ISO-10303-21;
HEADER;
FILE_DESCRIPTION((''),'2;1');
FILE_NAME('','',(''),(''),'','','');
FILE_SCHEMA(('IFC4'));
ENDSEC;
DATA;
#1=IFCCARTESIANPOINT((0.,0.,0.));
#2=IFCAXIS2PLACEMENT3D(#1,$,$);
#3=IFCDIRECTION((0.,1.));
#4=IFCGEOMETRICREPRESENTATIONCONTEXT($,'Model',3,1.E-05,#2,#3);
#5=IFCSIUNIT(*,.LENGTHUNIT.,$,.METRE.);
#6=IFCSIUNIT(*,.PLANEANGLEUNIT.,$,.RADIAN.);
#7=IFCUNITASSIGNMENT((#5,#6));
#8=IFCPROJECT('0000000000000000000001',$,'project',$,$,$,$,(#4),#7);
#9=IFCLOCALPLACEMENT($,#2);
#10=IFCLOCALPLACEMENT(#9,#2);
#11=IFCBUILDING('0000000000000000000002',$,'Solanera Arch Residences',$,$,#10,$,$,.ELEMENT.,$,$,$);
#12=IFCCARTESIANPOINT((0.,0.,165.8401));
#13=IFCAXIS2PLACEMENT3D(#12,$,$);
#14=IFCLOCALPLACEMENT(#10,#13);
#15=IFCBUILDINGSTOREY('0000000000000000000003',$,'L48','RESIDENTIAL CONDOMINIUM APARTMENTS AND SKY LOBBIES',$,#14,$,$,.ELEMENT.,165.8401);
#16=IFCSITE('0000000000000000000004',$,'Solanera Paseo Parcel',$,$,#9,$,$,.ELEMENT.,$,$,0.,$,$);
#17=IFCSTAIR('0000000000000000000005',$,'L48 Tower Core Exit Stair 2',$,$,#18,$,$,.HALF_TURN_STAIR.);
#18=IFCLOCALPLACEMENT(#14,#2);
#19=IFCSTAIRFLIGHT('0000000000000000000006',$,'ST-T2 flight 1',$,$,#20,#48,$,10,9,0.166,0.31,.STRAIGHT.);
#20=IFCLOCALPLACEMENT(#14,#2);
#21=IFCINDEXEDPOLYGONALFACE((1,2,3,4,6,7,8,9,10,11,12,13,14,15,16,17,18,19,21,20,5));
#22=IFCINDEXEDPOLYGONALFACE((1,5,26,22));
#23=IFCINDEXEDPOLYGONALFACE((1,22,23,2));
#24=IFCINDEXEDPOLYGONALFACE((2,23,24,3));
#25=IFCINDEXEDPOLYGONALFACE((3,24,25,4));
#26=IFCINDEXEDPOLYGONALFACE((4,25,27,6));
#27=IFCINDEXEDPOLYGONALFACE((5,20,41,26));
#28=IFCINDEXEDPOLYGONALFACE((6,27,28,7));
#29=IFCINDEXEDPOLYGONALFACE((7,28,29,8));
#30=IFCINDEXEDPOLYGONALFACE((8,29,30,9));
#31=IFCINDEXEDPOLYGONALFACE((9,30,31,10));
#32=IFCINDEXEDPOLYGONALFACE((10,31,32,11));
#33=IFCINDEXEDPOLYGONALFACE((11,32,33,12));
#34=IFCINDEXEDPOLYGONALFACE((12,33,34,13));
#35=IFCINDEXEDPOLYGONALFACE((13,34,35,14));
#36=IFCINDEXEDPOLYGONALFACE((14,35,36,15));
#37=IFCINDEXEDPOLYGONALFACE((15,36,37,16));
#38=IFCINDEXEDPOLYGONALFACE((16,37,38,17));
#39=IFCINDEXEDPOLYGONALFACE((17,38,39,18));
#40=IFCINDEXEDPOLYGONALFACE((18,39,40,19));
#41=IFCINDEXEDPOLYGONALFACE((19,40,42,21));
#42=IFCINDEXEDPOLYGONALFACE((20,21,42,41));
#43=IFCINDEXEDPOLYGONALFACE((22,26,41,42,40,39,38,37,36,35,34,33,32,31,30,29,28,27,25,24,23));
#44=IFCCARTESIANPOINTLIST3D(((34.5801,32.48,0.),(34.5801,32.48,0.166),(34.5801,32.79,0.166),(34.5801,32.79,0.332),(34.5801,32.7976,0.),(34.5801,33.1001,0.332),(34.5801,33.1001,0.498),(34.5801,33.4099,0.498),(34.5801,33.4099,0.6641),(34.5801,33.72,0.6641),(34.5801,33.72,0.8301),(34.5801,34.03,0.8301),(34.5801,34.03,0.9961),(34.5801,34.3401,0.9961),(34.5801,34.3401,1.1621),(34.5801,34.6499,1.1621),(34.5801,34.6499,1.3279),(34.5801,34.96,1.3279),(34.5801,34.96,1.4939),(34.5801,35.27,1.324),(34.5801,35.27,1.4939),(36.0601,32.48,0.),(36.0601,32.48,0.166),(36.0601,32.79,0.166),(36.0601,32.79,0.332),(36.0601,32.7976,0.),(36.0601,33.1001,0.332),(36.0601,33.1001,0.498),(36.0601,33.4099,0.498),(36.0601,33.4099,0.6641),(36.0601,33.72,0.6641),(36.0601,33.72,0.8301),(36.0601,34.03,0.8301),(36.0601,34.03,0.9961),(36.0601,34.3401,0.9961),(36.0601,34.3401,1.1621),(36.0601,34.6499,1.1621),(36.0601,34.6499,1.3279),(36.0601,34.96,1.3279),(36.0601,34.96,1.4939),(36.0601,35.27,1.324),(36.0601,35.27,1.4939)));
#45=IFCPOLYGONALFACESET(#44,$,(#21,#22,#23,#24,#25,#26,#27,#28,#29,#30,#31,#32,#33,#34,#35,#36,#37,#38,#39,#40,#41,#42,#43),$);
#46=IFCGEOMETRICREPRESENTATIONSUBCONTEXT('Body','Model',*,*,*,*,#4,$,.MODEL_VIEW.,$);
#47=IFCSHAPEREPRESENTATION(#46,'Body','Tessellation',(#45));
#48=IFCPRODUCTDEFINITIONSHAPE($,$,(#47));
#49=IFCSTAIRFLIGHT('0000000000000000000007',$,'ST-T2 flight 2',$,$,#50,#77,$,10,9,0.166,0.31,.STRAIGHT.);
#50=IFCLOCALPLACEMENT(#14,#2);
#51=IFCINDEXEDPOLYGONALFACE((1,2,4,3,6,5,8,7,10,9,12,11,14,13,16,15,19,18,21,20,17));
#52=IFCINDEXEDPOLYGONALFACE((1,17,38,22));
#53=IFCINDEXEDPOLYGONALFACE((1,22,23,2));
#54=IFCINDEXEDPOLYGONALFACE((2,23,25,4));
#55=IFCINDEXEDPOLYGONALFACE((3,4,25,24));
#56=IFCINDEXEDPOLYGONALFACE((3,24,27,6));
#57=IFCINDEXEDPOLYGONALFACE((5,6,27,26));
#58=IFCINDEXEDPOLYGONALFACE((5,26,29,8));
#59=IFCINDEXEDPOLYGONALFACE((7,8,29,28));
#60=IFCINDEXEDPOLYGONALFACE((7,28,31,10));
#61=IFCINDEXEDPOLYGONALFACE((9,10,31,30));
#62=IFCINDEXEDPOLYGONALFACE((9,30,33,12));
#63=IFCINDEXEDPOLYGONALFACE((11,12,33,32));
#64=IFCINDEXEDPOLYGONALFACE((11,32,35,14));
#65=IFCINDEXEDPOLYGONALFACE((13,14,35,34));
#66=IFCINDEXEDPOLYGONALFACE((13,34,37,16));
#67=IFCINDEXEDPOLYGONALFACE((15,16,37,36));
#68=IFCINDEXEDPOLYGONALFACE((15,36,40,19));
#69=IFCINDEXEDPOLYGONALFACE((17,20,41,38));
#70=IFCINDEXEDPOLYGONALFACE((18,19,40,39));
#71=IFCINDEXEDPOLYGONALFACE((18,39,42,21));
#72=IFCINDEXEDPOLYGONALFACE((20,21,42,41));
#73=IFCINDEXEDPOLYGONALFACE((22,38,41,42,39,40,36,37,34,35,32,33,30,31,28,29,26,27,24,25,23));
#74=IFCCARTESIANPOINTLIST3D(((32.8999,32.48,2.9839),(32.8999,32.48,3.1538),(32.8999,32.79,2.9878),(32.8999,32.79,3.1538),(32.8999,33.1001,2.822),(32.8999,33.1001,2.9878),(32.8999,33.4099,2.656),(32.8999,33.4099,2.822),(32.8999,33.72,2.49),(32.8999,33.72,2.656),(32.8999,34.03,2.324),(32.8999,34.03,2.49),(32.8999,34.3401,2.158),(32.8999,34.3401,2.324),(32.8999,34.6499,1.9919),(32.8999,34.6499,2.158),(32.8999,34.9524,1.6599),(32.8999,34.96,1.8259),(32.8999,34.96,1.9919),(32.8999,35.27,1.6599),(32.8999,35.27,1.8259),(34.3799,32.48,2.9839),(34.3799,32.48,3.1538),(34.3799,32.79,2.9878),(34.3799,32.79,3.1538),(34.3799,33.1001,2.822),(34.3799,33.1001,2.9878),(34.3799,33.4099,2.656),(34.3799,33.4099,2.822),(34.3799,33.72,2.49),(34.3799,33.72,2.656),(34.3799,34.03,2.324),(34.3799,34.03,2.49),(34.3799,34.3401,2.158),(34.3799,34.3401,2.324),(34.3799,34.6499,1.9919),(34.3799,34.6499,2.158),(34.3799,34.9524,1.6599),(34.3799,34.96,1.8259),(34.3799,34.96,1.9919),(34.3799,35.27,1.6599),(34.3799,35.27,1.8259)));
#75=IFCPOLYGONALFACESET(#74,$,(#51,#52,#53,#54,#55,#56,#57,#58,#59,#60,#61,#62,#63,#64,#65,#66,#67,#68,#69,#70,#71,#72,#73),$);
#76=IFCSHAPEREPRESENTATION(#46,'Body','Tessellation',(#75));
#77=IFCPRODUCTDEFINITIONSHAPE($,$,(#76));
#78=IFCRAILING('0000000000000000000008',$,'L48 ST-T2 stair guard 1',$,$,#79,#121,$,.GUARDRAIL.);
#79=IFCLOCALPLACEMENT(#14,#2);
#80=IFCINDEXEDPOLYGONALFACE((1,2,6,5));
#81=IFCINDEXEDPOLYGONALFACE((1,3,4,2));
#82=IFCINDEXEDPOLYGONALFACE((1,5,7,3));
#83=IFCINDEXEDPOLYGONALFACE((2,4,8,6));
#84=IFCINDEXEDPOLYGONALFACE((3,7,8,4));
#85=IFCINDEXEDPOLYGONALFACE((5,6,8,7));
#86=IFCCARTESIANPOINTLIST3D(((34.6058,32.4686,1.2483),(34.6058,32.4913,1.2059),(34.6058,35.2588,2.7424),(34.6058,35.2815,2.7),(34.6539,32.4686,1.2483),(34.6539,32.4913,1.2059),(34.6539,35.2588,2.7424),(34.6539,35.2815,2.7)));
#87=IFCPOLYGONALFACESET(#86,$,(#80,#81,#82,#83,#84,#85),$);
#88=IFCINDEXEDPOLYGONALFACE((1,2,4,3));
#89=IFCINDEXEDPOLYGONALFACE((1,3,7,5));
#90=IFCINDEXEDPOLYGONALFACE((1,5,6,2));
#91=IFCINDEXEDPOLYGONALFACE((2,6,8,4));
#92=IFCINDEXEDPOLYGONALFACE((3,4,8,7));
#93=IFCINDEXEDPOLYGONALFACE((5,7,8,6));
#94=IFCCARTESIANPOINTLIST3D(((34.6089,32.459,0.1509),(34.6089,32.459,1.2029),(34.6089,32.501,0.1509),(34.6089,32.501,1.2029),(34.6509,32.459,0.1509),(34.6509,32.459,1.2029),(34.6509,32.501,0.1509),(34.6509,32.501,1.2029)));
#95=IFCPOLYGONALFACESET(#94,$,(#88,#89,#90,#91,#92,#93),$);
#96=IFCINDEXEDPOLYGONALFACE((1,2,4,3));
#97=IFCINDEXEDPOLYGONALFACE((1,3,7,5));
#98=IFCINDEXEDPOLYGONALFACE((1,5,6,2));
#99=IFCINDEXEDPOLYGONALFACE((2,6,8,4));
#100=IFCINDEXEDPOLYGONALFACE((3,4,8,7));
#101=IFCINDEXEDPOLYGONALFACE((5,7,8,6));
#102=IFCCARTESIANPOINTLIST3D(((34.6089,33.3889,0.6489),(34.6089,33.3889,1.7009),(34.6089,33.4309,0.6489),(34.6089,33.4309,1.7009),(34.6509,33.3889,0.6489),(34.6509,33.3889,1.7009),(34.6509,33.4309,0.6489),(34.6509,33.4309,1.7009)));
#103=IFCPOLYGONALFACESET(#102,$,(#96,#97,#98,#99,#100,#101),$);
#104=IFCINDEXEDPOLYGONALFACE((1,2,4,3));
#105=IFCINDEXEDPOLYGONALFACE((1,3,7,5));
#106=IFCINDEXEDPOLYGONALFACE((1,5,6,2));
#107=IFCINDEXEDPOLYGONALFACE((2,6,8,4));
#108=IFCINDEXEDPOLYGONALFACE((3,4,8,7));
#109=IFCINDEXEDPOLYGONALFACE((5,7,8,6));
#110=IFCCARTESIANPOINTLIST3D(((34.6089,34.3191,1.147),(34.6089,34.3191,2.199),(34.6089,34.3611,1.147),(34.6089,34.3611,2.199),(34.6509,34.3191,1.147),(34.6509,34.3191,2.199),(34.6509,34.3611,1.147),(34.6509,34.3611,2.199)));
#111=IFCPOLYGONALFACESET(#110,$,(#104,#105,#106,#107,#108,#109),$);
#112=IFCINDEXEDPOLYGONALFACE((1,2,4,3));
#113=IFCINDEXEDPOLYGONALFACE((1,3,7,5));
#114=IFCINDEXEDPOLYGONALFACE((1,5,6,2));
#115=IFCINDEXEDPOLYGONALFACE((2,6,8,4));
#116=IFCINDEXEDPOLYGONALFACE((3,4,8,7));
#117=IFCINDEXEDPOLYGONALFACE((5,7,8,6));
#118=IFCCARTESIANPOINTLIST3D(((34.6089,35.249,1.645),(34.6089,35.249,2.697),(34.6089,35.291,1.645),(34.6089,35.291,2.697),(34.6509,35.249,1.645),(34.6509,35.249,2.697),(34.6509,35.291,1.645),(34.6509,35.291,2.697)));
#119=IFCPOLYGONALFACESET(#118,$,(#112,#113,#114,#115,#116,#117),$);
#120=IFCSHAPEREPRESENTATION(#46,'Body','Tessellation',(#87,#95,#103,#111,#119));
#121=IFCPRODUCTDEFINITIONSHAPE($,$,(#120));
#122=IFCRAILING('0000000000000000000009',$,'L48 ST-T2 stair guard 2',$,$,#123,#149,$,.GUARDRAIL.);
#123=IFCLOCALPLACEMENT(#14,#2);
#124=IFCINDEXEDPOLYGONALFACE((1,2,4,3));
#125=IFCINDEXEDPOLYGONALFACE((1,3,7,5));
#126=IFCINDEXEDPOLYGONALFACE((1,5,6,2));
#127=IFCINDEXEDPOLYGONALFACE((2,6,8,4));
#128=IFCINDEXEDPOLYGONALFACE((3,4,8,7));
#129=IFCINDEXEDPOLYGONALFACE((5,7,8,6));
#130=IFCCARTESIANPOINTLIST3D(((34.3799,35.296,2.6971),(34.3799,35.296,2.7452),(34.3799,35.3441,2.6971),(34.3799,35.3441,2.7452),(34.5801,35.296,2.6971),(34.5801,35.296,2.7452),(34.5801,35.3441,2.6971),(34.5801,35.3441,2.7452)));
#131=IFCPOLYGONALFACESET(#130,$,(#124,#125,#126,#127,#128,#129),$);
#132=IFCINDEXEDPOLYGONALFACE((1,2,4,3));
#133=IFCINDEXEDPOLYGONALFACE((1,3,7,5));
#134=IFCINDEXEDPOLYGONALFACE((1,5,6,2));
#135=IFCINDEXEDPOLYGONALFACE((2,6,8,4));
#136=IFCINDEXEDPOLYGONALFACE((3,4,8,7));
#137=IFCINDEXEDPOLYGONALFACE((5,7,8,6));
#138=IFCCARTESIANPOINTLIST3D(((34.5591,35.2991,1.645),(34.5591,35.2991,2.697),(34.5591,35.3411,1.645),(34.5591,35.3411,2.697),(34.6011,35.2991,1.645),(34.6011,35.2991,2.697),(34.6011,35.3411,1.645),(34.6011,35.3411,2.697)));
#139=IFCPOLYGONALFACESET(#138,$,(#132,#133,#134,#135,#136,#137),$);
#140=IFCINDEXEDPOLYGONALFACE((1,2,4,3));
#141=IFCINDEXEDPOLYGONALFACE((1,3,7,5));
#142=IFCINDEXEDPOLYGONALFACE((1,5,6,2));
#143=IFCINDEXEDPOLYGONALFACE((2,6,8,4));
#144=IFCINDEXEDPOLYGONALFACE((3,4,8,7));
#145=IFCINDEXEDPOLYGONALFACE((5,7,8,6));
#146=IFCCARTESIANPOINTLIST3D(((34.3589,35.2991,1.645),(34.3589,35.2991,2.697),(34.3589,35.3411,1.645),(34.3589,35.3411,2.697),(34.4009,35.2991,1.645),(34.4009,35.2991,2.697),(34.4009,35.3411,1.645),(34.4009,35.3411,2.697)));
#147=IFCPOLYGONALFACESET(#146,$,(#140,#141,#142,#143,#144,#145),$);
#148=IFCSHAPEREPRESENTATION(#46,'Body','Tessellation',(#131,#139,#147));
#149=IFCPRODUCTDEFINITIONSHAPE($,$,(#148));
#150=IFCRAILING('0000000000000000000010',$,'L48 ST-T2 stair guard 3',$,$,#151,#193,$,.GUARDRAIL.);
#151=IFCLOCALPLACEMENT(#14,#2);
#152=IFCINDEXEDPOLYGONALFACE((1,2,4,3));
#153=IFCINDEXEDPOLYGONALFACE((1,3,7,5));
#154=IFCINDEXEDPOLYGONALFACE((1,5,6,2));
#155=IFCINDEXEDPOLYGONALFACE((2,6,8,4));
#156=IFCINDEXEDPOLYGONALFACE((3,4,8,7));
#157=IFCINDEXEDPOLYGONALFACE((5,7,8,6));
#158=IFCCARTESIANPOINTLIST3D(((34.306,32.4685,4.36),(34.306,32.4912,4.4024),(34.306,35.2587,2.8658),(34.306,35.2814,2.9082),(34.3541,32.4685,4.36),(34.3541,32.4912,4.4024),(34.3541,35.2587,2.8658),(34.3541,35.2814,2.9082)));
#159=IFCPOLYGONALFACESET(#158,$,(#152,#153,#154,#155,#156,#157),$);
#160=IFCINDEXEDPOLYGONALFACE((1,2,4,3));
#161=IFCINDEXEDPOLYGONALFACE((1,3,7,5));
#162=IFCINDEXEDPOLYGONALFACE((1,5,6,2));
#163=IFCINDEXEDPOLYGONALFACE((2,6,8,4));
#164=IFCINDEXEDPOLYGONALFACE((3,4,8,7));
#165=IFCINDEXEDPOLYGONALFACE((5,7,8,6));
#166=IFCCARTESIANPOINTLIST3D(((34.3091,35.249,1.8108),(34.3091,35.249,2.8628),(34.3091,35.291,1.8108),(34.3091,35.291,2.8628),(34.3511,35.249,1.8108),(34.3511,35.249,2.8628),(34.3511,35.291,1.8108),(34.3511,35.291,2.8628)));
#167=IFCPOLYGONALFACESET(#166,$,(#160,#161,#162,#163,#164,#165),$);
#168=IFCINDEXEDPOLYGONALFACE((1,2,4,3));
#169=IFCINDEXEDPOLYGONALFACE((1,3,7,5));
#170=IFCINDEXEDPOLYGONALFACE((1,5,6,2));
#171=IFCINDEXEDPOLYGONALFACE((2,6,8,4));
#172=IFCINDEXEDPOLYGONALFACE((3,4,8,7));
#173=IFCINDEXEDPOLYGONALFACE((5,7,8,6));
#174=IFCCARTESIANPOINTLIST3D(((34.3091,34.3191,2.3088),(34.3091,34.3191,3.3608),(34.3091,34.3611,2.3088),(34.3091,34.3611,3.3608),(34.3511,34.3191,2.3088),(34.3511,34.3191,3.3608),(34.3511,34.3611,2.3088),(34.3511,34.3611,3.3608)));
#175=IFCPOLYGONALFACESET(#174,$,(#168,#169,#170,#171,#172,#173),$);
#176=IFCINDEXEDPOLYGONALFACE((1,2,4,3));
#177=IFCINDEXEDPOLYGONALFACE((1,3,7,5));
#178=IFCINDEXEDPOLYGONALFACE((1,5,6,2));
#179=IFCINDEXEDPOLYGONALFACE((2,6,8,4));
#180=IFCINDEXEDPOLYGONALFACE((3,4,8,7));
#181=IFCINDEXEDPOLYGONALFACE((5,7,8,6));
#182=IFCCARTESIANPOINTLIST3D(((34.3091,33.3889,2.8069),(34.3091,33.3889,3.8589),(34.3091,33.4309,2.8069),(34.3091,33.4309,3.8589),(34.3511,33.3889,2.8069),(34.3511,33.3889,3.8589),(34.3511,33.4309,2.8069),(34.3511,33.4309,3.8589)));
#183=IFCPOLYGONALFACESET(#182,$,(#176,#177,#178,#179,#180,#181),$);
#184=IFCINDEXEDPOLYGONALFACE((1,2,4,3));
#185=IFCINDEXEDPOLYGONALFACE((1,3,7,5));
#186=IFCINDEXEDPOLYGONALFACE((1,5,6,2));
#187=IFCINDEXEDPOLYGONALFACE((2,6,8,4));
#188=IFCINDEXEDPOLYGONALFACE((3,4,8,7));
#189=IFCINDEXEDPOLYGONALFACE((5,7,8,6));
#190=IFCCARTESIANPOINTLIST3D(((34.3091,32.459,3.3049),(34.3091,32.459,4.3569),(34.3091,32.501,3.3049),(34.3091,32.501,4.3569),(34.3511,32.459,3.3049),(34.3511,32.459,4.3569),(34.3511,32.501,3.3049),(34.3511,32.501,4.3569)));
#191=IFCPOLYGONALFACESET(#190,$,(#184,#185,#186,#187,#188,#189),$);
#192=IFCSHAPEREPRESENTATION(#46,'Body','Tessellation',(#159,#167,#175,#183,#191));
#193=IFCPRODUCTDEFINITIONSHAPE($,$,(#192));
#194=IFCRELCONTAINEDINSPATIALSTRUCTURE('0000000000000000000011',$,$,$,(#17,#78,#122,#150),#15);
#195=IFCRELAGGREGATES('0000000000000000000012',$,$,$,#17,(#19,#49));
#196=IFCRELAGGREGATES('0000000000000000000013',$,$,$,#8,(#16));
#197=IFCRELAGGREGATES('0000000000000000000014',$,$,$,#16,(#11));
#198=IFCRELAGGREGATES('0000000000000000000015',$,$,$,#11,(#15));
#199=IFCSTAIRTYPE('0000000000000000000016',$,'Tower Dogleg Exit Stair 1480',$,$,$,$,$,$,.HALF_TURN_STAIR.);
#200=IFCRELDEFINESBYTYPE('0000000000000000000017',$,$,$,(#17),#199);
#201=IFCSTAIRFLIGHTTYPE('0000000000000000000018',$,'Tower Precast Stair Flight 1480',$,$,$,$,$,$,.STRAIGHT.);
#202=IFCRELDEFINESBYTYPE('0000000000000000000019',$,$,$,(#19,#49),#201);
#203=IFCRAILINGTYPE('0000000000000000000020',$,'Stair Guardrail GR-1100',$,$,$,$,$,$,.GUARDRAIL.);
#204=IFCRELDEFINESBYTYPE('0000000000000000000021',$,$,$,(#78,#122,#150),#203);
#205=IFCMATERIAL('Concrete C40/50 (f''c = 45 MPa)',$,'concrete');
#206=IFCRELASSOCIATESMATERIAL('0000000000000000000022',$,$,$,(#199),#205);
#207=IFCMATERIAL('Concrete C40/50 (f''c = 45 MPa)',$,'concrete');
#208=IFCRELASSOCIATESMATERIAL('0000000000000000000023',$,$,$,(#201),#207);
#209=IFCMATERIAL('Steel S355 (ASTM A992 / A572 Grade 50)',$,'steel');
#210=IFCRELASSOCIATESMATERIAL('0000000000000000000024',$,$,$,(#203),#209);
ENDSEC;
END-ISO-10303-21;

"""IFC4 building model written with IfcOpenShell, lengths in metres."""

from ifc_helpers import new_model, si_unit, direction, frame, origin, origin_2d, place, context, subcontext, project, spatial, polyline, rectangle, outline, extrude, material, type_object, element, aggregate, save


model = new_model("IFC4")

# Units and contexts
model_context = context("Model", 3, precision=1e-05, world=origin(), true_north=direction((0.0, 1.0)))
body_context = subcontext(model_context, "Body", "Model", "MODEL_VIEW")
ifc_project = project(units=[si_unit("LENGTHUNIT", "METRE"), si_unit("PLANEANGLEUNIT", "RADIAN")], contexts=[model_context])

# Site, building, storey
site_placement = place(None, origin())
site = spatial("IfcSite", under=ifc_project, at=site_placement, Name="Solanera Paseo Parcel", CompositionType="ELEMENT", RefElevation=0.0)
building_placement = place(site_placement, origin())
building = spatial("IfcBuilding", under=site, at=building_placement, Name="Solanera Arch Residences", CompositionType="ELEMENT")
storey_placement = place(building_placement, frame((0.0, 0.0, 165.8401)))
storey = spatial("IfcBuildingStorey", under=building, at=storey_placement, Name="L48", Description="RESIDENTIAL CONDOMINIUM APARTMENTS AND SKY LOBBIES", CompositionType="ELEMENT", Elevation=165.8401)

# Stair, stair flights
ifc_material_1 = material(Name="Concrete C40/50 (f'c = 45 MPa)", Category="concrete")
stair_type = type_object("IfcStairType", Name="Tower Dogleg Exit Stair 1480", PredefinedType="HALF_TURN_STAIR", material=ifc_material_1)
stair_placement = place(storey_placement, origin())
stair = element("IfcStair", 1, at=stair_placement, inside=storey, type_object=stair_type, Name="L48 Tower Core Exit Stair 2", PredefinedType="HALF_TURN_STAIR")
ifc_material_2 = material(Name="Concrete C40/50 (f'c = 45 MPa)", Category="concrete")
stair_flight_type = type_object("IfcStairFlightType", Name="Tower Precast Stair Flight 1480", PredefinedType="STRAIGHT", material=ifc_material_2)
stair_flight_1_placement = place(storey_placement, frame((35.3201, 32.48, 0.0), z_axis=(0.0, 0.0, 1.0), x_axis=(0.0, 1.0, 0.0)))
stair_flight_1 = element("IfcStairFlight", 2, at=stair_flight_1_placement, type_object=stair_flight_type, Name="ST-T2 flight 1", NumberOfRisers=10, NumberOfTreads=9, PredefinedType="STRAIGHT", RiserHeight=0.166, TreadLength=0.31, context=body_context, shape_type="SweptSolid", body=[
    extrude(outline(polyline([(0.0, 0.0), (0.0, 0.166), (0.3101, 0.166), (0.3101, 0.332), (0.6201, 0.332), (0.6201, 0.498), (0.9299, 0.498), (0.9299, 0.6641), (1.24, 0.6641), (1.24, 0.8301), (1.55, 0.8301), (1.55, 0.9961), (1.8601, 0.9961), (1.8601, 1.1621), (2.1699, 1.1621), (2.1699, 1.3279), (2.48, 1.3279), (2.48, 1.4939), (2.79, 1.4939), (2.79, 1.6599), (2.79, 1.324), (0.3176, 0.0), (0.0, 0.0)])), frame((0.0, 0.74, 0.0), z_axis=(0.0, -1.0, 0.0), x_axis=(1.0, 0.0, 0.0)), (0.0, 0.0, 1.0), 1.48),
])
stair_flight_2_placement = place(storey_placement, frame((33.6399, 35.27, 1.6599), z_axis=(0.0, 0.0, 1.0), x_axis=(0.0, -1.0, 0.0)))
stair_flight_2 = element("IfcStairFlight", 3, at=stair_flight_2_placement, type_object=stair_flight_type, Name="ST-T2 flight 2", NumberOfRisers=10, NumberOfTreads=9, PredefinedType="STRAIGHT", RiserHeight=0.166, TreadLength=0.31, context=body_context, shape_type="SweptSolid", body=[
    extrude(outline(polyline([(0.0, 0.0), (0.0, 0.166), (0.3101, 0.166), (0.3101, 0.332), (0.6201, 0.332), (0.6201, 0.498), (0.9299, 0.498), (0.9299, 0.6641), (1.24, 0.6641), (1.24, 0.8301), (1.55, 0.8301), (1.55, 0.9961), (1.8601, 0.9961), (1.8601, 1.1621), (2.1699, 1.1621), (2.1699, 1.3279), (2.48, 1.3279), (2.48, 1.4939), (2.79, 1.4939), (2.79, 1.6599), (2.79, 1.324), (0.3176, 0.0), (0.0, 0.0)])), frame((0.0, 0.74, 0.0), z_axis=(0.0, -1.0, 0.0), x_axis=(1.0, 0.0, 0.0)), (0.0, 0.0, 1.0), 1.48),
])
aggregate(stair, [stair_flight_1, stair_flight_2])

# Railings
ifc_material_3 = material(Name="Steel S355 (ASTM A992 / A572 Grade 50)", Category="steel")
railing_type_1 = type_object("IfcRailingType", Name="Stair Guardrail GR-1100", PredefinedType="GUARDRAIL", material=ifc_material_3)
railing_1_placement = place(storey_placement, frame((34.6299, 32.48, 0.1509)))
element("IfcRailing", 4, at=railing_1_placement, inside=storey, type_object=railing_type_1, Name="L48 ST-T2 stair guard 1", PredefinedType="GUARDRAIL", context=body_context, shape_type="SweptSolid", body=[
    extrude(rectangle(XDim=0.0481, YDim=0.0481, at=origin_2d()), frame((0.0, 0.0, 1.0762), z_axis=(0.0, 0.881549, 0.472093), x_axis=(-1.0, 0.0, 0.0)), (0.0, 0.0, 1.0), 3.165),
    extrude(rectangle(XDim=0.042, YDim=0.042, at=origin_2d()), origin(), (0.0, 0.0, 1.0), 1.052),
    extrude(rectangle(XDim=0.042, YDim=0.042, at=origin_2d()), frame((0.0, 0.9299, 0.498)), (0.0, 0.0, 1.0), 1.052),
    extrude(rectangle(XDim=0.042, YDim=0.042, at=origin_2d()), frame((0.0, 1.8601, 0.9961)), (0.0, 0.0, 1.0), 1.052),
    extrude(rectangle(XDim=0.042, YDim=0.042, at=origin_2d()), frame((0.0, 2.79, 1.4941)), (0.0, 0.0, 1.0), 1.052),
])
railing_2_placement = place(storey_placement, frame((34.5801, 35.3201, 1.645)))
element("IfcRailing", 5, at=railing_2_placement, inside=storey, type_object=railing_type_1, Name="L48 ST-T2 stair guard 2", PredefinedType="GUARDRAIL", context=body_context, shape_type="SweptSolid", body=[
    extrude(rectangle(XDim=0.0481, YDim=0.0481, at=origin_2d()), frame((0.0, 0.0, 1.0762), z_axis=(-1.0, 0.0, 0.0), x_axis=(0.0, -1.0, 0.0)), (0.0, 0.0, 1.0), 0.2002),
    extrude(rectangle(XDim=0.042, YDim=0.042, at=origin_2d()), origin(), (0.0, 0.0, 1.0), 1.052),
    extrude(rectangle(XDim=0.042, YDim=0.042, at=origin_2d()), frame((-0.2002, 0.0, 0.0)), (0.0, 0.0, 1.0), 1.052),
])
railing_3_placement = place(storey_placement, frame((34.3301, 35.27, 1.8108)))
element("IfcRailing", 6, at=railing_3_placement, inside=storey, type_object=railing_type_1, Name="L48 ST-T2 stair guard 3", PredefinedType="GUARDRAIL", context=body_context, shape_type="SweptSolid", body=[
    extrude(rectangle(XDim=0.0481, YDim=0.0481, at=origin_2d()), frame((0.0, 0.0, 1.0762), z_axis=(0.0, -0.881549, 0.472093), x_axis=(1.0, 0.0, 0.0)), (0.0, 0.0, 1.0), 3.165),
    extrude(rectangle(XDim=0.042, YDim=0.042, at=origin_2d()), origin(), (0.0, 0.0, 1.0), 1.052),
    extrude(rectangle(XDim=0.042, YDim=0.042, at=origin_2d()), frame((0.0, -0.9299, 0.498)), (0.0, 0.0, 1.0), 1.052),
    extrude(rectangle(XDim=0.042, YDim=0.042, at=origin_2d()), frame((0.0, -1.8601, 0.9961)), (0.0, 0.0, 1.0), 1.052),
    extrude(rectangle(XDim=0.042, YDim=0.042, at=origin_2d()), frame((0.0, -2.79, 1.4941)), (0.0, 0.0, 1.0), 1.052),
])

save(model, "model.ifc")
